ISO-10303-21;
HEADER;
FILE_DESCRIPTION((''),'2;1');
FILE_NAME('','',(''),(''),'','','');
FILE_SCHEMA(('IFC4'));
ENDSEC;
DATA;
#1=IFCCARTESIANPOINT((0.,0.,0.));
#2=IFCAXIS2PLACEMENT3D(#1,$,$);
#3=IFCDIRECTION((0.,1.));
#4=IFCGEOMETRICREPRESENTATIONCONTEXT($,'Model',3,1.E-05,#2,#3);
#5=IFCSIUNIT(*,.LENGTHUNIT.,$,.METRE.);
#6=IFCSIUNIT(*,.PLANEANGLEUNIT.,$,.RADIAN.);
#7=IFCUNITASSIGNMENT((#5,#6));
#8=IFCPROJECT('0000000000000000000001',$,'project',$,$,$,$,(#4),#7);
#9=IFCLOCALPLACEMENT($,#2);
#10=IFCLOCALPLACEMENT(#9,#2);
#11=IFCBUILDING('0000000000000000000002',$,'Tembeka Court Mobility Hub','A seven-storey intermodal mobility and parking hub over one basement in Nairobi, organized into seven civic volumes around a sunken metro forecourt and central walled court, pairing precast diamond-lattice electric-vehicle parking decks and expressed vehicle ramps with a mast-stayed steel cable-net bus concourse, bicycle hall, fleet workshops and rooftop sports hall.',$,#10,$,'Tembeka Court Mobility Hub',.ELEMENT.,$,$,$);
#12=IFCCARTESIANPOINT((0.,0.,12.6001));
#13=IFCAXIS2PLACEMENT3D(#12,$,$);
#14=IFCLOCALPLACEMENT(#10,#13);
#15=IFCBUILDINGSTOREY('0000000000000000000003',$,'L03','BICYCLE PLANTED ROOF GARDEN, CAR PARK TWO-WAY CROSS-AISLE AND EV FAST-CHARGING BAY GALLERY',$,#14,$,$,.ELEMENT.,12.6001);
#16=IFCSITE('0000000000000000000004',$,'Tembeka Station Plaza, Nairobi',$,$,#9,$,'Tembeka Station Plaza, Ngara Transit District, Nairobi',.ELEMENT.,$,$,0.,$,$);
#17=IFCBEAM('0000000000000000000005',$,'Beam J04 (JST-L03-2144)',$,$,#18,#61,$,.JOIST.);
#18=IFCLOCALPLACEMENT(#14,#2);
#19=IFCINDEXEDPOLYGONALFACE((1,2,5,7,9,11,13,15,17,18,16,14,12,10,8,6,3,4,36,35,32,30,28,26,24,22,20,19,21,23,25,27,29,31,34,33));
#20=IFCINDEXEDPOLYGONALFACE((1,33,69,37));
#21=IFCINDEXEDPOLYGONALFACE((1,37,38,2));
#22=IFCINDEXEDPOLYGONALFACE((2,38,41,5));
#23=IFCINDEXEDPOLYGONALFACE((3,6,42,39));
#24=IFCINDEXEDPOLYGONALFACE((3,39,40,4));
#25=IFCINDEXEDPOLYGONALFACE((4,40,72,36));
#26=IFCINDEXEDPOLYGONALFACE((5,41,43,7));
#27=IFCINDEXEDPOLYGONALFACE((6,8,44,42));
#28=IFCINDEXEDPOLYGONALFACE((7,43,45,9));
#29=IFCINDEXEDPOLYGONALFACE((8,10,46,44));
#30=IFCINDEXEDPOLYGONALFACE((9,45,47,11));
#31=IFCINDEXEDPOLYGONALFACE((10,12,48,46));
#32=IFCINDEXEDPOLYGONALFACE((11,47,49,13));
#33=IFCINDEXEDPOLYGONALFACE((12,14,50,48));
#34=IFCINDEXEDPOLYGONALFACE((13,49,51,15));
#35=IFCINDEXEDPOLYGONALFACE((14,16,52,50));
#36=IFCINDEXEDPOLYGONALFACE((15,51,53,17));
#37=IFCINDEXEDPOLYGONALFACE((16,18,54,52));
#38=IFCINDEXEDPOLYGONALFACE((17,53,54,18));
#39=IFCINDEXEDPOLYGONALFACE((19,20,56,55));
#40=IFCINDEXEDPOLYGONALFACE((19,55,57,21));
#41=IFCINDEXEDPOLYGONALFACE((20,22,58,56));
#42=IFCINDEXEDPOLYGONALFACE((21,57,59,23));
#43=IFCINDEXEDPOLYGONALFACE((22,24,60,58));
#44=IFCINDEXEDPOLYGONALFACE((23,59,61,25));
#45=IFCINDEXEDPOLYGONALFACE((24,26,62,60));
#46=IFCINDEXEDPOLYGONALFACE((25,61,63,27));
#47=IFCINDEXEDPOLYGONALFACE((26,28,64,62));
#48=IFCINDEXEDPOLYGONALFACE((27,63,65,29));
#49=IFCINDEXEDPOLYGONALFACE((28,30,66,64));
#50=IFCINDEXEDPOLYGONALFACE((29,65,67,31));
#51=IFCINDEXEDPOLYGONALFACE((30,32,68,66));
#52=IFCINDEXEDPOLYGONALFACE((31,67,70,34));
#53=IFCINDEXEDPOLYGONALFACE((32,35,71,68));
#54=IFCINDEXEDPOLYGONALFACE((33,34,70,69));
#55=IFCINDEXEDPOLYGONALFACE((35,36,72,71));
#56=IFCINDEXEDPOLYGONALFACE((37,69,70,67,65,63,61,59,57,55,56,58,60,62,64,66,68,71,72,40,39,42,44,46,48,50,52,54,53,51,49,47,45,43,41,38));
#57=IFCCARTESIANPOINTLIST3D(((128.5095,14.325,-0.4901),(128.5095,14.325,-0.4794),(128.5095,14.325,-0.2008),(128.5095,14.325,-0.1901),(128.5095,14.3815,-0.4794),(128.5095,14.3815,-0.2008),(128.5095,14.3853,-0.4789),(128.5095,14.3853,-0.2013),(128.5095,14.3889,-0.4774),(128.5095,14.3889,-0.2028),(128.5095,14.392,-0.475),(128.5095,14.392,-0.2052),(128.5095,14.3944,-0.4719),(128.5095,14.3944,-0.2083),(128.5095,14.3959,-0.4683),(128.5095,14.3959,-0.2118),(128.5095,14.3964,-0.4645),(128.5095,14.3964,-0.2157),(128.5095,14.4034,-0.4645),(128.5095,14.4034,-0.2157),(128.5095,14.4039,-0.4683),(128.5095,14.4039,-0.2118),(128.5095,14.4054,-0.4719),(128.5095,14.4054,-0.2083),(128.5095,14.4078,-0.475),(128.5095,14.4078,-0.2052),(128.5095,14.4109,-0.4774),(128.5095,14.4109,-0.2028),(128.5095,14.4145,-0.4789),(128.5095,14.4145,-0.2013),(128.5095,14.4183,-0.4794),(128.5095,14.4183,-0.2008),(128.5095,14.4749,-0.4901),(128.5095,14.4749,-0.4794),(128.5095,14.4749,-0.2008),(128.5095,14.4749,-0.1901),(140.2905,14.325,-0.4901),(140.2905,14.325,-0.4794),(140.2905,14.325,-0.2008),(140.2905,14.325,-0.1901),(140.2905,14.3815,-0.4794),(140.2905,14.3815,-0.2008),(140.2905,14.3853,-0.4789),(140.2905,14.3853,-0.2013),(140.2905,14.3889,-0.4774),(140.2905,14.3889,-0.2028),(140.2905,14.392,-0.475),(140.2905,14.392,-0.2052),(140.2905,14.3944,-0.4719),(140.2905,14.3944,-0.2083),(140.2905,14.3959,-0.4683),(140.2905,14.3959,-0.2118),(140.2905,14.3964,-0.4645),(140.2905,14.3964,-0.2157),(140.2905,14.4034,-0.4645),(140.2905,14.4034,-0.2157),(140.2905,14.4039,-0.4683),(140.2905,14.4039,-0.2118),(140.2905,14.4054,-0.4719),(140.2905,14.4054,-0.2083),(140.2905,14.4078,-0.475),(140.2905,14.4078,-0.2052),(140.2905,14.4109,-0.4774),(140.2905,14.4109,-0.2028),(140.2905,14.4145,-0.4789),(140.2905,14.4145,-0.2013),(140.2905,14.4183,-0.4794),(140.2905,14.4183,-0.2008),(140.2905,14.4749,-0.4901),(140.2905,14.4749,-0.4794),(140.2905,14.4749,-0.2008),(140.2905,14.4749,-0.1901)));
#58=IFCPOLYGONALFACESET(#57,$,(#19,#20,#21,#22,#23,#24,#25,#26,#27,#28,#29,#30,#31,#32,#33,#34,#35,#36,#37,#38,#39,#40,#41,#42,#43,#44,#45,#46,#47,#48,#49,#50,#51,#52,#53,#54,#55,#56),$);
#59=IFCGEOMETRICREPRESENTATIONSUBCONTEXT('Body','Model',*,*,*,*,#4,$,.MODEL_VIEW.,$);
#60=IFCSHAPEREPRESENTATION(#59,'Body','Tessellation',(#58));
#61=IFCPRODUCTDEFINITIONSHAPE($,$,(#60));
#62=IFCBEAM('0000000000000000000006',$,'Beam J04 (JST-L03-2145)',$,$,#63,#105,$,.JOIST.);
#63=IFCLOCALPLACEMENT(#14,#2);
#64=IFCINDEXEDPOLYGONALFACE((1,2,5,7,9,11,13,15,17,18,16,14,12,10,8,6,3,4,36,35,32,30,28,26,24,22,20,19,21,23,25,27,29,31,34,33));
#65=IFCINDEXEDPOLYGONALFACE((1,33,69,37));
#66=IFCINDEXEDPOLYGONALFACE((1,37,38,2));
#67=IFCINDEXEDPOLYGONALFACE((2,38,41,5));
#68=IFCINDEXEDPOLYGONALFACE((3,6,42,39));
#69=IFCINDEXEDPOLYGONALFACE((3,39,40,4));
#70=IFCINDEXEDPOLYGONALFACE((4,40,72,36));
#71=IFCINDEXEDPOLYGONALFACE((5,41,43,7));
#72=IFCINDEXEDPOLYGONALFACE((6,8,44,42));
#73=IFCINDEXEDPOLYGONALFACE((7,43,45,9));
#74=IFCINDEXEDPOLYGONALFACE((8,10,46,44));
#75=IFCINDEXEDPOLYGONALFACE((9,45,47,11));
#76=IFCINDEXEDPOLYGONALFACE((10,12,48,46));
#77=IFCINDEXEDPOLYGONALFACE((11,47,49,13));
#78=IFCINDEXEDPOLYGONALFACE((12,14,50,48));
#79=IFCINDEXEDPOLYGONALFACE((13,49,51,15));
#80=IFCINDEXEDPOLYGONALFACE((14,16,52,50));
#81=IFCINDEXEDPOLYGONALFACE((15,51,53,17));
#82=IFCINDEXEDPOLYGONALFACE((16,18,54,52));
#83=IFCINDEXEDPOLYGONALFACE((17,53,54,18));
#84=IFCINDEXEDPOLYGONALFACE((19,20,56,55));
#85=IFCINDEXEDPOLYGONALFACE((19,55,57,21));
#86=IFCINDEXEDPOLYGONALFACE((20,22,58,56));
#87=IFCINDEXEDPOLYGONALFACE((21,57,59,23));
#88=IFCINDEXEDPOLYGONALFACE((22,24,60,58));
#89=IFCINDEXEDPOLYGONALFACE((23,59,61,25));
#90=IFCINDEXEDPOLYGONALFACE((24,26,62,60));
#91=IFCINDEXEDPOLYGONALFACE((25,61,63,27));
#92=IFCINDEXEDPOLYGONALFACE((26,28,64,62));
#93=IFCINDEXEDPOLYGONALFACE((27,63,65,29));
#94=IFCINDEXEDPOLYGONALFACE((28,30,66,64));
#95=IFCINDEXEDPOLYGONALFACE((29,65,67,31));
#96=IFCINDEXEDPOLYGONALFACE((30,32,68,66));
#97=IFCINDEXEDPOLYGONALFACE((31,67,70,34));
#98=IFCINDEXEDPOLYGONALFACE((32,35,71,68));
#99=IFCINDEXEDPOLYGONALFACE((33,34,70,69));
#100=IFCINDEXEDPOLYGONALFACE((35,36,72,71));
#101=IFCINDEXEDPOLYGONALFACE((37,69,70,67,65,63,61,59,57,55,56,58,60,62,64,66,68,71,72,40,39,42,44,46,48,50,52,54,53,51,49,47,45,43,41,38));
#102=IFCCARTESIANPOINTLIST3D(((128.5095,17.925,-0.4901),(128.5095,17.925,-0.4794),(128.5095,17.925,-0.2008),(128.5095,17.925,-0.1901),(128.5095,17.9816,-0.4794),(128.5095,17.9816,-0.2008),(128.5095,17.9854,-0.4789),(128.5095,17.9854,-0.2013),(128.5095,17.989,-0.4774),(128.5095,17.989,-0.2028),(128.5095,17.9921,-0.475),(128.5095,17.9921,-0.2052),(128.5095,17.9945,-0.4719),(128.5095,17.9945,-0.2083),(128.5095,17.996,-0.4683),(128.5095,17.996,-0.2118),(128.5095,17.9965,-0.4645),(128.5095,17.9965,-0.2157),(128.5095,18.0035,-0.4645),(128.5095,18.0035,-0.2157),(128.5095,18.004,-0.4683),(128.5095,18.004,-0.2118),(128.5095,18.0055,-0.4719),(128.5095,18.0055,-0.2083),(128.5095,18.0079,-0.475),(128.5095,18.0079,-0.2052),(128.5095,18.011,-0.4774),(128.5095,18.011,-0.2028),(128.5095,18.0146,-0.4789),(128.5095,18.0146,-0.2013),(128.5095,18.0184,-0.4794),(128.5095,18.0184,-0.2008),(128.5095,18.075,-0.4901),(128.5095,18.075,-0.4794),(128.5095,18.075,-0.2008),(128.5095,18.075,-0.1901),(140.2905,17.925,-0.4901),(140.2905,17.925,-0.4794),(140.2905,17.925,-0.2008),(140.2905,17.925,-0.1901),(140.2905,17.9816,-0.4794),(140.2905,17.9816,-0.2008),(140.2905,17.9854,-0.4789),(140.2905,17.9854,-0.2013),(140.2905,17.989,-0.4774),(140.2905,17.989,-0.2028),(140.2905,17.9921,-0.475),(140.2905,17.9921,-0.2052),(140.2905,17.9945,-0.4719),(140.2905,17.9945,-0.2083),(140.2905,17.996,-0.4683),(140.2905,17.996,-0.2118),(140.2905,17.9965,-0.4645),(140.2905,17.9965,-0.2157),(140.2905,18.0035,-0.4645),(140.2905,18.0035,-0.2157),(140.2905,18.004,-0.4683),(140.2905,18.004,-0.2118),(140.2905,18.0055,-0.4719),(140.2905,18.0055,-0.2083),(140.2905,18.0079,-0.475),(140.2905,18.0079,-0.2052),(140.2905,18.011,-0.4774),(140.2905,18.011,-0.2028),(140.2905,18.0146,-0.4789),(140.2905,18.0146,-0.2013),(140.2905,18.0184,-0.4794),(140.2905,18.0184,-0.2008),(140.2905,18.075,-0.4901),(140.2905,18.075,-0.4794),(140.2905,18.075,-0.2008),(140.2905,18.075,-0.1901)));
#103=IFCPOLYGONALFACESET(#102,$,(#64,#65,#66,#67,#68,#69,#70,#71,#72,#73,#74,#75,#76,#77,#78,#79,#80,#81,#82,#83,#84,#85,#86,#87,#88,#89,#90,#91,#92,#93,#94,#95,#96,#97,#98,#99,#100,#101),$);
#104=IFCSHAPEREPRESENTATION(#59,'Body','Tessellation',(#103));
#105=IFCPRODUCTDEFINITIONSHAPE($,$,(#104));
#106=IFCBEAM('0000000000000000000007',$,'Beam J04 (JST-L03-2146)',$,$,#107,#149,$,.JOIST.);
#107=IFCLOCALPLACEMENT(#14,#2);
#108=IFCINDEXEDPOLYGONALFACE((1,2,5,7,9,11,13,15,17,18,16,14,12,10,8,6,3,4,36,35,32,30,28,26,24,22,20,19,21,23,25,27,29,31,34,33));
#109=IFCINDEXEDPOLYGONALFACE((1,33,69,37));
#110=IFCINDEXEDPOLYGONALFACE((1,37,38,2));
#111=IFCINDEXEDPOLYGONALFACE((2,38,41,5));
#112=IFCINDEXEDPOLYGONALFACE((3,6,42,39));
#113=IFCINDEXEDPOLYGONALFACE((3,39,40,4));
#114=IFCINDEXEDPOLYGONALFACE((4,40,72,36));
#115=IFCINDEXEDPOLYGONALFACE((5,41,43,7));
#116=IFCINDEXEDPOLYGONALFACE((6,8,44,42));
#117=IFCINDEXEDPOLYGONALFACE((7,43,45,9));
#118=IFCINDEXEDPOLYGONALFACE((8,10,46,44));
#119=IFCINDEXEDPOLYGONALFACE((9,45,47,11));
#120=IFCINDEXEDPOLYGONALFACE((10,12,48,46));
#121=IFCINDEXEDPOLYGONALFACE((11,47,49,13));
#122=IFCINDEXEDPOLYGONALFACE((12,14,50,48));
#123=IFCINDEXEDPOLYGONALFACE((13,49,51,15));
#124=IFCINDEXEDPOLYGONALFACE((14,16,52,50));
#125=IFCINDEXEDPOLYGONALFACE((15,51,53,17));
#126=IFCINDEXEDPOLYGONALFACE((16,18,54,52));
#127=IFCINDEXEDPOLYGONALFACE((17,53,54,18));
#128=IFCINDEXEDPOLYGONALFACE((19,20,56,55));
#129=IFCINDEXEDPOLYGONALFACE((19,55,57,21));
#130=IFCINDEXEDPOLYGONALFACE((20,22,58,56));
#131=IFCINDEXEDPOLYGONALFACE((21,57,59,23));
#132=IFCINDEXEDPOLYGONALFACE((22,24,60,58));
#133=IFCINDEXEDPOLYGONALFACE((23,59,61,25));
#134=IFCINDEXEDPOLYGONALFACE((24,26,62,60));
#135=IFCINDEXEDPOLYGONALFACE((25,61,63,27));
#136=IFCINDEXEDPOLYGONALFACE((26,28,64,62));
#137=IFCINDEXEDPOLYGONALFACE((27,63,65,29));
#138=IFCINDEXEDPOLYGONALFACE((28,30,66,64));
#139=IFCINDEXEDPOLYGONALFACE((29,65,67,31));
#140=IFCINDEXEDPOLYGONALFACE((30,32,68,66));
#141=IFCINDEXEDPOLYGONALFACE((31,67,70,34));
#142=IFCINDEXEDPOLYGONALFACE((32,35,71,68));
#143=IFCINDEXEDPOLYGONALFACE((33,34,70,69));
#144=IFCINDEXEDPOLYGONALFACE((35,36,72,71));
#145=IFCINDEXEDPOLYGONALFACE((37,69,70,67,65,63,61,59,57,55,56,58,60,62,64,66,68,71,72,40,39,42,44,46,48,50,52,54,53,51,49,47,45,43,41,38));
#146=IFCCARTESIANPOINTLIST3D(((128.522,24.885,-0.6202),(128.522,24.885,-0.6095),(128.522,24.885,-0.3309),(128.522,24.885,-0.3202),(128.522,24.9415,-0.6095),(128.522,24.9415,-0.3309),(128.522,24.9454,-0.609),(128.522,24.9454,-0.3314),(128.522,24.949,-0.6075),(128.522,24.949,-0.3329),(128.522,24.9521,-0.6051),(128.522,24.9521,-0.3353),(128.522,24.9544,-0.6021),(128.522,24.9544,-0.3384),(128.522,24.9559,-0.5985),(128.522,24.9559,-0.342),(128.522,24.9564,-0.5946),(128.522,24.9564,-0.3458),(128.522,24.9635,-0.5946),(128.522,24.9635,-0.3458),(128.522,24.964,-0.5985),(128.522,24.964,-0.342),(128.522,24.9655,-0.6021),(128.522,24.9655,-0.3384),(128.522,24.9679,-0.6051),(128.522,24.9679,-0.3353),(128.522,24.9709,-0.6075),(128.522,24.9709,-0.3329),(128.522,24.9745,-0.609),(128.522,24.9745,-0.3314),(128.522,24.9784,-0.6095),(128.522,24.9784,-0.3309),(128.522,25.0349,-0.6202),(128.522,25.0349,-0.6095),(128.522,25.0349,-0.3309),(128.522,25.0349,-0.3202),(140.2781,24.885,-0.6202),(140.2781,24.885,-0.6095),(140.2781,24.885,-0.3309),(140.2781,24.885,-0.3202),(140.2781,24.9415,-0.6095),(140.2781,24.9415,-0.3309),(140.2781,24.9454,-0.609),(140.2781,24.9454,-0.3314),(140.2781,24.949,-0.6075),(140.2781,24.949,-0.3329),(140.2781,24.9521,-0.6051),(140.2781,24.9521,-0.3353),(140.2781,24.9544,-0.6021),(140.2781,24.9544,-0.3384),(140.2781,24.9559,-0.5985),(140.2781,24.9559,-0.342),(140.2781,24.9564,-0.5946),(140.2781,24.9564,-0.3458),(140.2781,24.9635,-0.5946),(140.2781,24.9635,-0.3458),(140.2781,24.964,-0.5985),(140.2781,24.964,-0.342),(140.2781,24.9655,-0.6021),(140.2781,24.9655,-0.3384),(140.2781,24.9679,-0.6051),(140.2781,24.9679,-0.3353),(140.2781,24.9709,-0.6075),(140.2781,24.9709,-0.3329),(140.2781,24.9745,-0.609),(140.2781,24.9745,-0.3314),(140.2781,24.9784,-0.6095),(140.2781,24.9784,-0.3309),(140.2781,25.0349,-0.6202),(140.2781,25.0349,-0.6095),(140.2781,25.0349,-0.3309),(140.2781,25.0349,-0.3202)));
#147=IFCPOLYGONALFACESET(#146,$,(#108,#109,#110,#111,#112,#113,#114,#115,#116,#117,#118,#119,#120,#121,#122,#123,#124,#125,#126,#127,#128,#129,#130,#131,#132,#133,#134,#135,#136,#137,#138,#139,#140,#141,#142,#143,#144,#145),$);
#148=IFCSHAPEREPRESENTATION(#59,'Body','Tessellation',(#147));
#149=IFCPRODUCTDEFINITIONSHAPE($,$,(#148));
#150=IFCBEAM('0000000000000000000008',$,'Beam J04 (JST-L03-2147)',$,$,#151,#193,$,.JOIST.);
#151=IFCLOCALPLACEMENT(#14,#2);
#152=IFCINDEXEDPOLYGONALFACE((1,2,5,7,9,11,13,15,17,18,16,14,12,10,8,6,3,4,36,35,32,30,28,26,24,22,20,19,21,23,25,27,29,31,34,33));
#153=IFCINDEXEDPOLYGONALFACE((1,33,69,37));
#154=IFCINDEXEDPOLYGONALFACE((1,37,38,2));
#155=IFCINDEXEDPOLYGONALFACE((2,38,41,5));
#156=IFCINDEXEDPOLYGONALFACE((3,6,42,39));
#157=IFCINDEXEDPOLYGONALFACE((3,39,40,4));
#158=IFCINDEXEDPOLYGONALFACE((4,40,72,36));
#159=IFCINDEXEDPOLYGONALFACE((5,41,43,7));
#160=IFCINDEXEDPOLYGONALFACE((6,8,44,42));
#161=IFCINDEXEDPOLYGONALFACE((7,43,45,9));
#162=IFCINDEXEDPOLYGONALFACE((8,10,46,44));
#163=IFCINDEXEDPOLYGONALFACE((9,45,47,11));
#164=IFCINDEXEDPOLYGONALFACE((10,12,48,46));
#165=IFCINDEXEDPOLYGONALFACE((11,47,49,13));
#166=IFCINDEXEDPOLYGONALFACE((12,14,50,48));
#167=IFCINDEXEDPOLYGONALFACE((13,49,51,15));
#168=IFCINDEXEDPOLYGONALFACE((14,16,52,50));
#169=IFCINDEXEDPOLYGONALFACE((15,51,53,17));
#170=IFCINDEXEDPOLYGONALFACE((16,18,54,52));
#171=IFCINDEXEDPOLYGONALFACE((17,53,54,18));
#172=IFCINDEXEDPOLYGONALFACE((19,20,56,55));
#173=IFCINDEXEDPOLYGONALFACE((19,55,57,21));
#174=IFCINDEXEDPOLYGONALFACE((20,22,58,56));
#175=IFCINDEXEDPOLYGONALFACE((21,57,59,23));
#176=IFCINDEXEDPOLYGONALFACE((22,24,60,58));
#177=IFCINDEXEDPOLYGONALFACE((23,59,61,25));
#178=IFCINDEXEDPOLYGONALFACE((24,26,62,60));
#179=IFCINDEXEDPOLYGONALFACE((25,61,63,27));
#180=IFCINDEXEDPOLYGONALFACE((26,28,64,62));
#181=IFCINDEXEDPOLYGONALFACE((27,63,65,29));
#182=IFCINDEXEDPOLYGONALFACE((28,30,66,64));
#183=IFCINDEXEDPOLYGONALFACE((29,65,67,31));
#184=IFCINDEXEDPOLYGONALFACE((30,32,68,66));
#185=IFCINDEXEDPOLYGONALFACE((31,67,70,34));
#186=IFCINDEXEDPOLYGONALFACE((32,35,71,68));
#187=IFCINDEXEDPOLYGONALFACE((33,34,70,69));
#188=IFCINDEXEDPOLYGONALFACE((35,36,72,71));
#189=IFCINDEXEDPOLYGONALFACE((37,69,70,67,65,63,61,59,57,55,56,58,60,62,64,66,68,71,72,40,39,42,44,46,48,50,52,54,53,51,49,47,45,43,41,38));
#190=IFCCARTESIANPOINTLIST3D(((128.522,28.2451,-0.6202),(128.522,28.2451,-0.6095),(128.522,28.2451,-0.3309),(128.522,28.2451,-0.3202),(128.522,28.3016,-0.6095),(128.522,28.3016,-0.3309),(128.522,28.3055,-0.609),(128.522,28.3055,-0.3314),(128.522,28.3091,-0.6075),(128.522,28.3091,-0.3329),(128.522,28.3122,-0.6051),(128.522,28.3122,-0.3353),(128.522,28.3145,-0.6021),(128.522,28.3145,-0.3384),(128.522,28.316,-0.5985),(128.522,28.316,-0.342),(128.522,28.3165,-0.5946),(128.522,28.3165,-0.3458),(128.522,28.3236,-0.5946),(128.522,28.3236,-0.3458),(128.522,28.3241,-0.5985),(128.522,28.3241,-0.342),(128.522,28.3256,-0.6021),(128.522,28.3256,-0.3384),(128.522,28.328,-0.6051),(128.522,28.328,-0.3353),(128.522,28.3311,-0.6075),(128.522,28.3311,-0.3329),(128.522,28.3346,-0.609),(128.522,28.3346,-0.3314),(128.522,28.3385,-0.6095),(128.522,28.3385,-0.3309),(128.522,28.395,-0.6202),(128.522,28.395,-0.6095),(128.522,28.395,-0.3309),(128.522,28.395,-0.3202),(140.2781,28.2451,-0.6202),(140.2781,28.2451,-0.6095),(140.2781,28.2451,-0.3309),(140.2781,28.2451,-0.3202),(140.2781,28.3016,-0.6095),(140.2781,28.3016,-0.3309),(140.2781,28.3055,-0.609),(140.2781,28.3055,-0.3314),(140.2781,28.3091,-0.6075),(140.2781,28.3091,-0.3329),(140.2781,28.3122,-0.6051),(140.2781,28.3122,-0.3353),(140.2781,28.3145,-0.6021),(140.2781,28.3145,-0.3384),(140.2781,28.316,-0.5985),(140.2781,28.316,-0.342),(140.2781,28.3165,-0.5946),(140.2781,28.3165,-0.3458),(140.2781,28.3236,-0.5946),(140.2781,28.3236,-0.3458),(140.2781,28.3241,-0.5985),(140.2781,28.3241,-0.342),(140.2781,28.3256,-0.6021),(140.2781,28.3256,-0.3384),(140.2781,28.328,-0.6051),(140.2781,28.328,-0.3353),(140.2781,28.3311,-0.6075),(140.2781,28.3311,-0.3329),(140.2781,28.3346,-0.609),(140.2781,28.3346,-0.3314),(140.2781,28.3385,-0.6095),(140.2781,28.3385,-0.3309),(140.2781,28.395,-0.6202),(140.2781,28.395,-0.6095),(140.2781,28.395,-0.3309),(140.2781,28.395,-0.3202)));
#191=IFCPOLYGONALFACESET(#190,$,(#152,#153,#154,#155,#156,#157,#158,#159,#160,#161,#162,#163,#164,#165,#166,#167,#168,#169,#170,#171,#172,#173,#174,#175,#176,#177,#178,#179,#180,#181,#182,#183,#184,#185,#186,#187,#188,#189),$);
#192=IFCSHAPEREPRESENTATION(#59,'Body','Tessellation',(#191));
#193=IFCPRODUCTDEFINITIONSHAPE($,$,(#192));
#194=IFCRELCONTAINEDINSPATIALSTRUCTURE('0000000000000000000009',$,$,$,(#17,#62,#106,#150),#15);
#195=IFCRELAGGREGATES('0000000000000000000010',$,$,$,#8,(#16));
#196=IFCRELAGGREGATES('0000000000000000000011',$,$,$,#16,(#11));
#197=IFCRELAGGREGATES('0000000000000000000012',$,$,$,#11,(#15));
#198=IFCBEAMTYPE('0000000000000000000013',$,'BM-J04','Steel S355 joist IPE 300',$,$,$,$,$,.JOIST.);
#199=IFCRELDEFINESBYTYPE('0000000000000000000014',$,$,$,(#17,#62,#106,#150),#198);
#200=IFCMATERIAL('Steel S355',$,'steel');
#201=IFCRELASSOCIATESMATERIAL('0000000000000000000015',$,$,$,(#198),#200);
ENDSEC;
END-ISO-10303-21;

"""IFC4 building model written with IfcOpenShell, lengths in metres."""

from ifc_helpers import new_model, si_unit, direction, frame, origin, origin_2d, place, context, subcontext, project, spatial, i_section, extrude, material, material_profile, profile_set, type_object, element, save


model = new_model("IFC4")

# Units and contexts
model_context = context("Model", 3, precision=1e-05, world=origin(), true_north=direction((0.0, 1.0)))
body_context = subcontext(model_context, "Body", "Model", "MODEL_VIEW")
ifc_project = project(units=[si_unit("LENGTHUNIT", "METRE"), si_unit("PLANEANGLEUNIT", "RADIAN")], contexts=[model_context])

# Site, building, storey
site_placement = place(None, origin())
site = spatial("IfcSite", under=ifc_project, at=site_placement, Name="Tembeka Station Plaza, Nairobi", LongName="Tembeka Station Plaza, Ngara Transit District, Nairobi", CompositionType="ELEMENT", RefElevation=0.0)
building_placement = place(site_placement, origin())
building = spatial("IfcBuilding", under=site, at=building_placement, Name="Tembeka Court Mobility Hub", Description="A seven-storey intermodal mobility and parking hub over one basement in Nairobi, organized into seven civic volumes around a sunken metro forecourt and central walled court, pairing precast diamond-lattice electric-vehicle parking decks and expressed vehicle ramps with a mast-stayed steel cable-net bus concourse, bicycle hall, fleet workshops and rooftop sports hall.", LongName="Tembeka Court Mobility Hub", CompositionType="ELEMENT")
storey_placement = place(building_placement, frame((0.0, 0.0, 12.6001)))
storey = spatial("IfcBuildingStorey", under=building, at=storey_placement, Name="L03", Description="BICYCLE PLANTED ROOF GARDEN, CAR PARK TWO-WAY CROSS-AISLE AND EV FAST-CHARGING BAY GALLERY", CompositionType="ELEMENT", Elevation=12.6001)

# Shared definitions
ifc_material_1 = material(Name="Steel S355", Category="steel")

# Beams
ifc_material_profile_1 = material_profile(ifc_material_1, i_section(OverallWidth=0.1499, OverallDepth=0.3, WebThickness=0.0071, FlangeThickness=0.0107, FilletRadius=0.0149, at=origin_2d()), Name="IPE 300")
ifc_profile_set_1 = profile_set([ifc_material_profile_1], Name="Steel S355")
beam_type_1 = type_object("IfcBeamType", Name="BM-J04", Description="Steel S355 joist IPE 300", PredefinedType="JOIST", material=ifc_profile_set_1)
for number, where, z_axis, x_axis, name in (
    (1, (128.5095, 14.3999, -0.3401), (1.0, 0.0, 0.0), (0.0, 1.0, 0.0), "Beam J04 (JST-L03-2144)"),
    (2, (128.5095, 18.0, -0.3401), (1.0, 0.0, 0.0), (0.0, 1.0, 0.0), "Beam J04 (JST-L03-2145)"),
):
    element("IfcBeam", number, at=place(storey_placement, frame(where, z_axis=z_axis, x_axis=x_axis)), inside=storey, type_object=beam_type_1, Name=name, PredefinedType="JOIST", context=body_context, shape_type="SweptSolid", body=[
        extrude(i_section(OverallWidth=0.1499, OverallDepth=0.3, WebThickness=0.0071, FlangeThickness=0.0107, FilletRadius=0.0149, at=origin_2d()), origin(), (0.0, 0.0, 1.0), 11.781),
    ])
for number, where, z_axis, x_axis, name in (
    (3, (128.522, 24.96, -0.4702), (1.0, 0.0, 0.0), (0.0, 1.0, 0.0), "Beam J04 (JST-L03-2146)"),
    (4, (128.522, 28.3201, -0.4702), (1.0, 0.0, 0.0), (0.0, 1.0, 0.0), "Beam J04 (JST-L03-2147)"),
):
    element("IfcBeam", number, at=place(storey_placement, frame(where, z_axis=z_axis, x_axis=x_axis)), inside=storey, type_object=beam_type_1, Name=name, PredefinedType="JOIST", context=body_context, shape_type="SweptSolid", body=[
        extrude(i_section(OverallWidth=0.1499, OverallDepth=0.3, WebThickness=0.0071, FlangeThickness=0.0107, FilletRadius=0.0149, at=origin_2d()), origin(), (0.0, 0.0, 1.0), 11.7561),
    ])

save(model, "model.ifc")
